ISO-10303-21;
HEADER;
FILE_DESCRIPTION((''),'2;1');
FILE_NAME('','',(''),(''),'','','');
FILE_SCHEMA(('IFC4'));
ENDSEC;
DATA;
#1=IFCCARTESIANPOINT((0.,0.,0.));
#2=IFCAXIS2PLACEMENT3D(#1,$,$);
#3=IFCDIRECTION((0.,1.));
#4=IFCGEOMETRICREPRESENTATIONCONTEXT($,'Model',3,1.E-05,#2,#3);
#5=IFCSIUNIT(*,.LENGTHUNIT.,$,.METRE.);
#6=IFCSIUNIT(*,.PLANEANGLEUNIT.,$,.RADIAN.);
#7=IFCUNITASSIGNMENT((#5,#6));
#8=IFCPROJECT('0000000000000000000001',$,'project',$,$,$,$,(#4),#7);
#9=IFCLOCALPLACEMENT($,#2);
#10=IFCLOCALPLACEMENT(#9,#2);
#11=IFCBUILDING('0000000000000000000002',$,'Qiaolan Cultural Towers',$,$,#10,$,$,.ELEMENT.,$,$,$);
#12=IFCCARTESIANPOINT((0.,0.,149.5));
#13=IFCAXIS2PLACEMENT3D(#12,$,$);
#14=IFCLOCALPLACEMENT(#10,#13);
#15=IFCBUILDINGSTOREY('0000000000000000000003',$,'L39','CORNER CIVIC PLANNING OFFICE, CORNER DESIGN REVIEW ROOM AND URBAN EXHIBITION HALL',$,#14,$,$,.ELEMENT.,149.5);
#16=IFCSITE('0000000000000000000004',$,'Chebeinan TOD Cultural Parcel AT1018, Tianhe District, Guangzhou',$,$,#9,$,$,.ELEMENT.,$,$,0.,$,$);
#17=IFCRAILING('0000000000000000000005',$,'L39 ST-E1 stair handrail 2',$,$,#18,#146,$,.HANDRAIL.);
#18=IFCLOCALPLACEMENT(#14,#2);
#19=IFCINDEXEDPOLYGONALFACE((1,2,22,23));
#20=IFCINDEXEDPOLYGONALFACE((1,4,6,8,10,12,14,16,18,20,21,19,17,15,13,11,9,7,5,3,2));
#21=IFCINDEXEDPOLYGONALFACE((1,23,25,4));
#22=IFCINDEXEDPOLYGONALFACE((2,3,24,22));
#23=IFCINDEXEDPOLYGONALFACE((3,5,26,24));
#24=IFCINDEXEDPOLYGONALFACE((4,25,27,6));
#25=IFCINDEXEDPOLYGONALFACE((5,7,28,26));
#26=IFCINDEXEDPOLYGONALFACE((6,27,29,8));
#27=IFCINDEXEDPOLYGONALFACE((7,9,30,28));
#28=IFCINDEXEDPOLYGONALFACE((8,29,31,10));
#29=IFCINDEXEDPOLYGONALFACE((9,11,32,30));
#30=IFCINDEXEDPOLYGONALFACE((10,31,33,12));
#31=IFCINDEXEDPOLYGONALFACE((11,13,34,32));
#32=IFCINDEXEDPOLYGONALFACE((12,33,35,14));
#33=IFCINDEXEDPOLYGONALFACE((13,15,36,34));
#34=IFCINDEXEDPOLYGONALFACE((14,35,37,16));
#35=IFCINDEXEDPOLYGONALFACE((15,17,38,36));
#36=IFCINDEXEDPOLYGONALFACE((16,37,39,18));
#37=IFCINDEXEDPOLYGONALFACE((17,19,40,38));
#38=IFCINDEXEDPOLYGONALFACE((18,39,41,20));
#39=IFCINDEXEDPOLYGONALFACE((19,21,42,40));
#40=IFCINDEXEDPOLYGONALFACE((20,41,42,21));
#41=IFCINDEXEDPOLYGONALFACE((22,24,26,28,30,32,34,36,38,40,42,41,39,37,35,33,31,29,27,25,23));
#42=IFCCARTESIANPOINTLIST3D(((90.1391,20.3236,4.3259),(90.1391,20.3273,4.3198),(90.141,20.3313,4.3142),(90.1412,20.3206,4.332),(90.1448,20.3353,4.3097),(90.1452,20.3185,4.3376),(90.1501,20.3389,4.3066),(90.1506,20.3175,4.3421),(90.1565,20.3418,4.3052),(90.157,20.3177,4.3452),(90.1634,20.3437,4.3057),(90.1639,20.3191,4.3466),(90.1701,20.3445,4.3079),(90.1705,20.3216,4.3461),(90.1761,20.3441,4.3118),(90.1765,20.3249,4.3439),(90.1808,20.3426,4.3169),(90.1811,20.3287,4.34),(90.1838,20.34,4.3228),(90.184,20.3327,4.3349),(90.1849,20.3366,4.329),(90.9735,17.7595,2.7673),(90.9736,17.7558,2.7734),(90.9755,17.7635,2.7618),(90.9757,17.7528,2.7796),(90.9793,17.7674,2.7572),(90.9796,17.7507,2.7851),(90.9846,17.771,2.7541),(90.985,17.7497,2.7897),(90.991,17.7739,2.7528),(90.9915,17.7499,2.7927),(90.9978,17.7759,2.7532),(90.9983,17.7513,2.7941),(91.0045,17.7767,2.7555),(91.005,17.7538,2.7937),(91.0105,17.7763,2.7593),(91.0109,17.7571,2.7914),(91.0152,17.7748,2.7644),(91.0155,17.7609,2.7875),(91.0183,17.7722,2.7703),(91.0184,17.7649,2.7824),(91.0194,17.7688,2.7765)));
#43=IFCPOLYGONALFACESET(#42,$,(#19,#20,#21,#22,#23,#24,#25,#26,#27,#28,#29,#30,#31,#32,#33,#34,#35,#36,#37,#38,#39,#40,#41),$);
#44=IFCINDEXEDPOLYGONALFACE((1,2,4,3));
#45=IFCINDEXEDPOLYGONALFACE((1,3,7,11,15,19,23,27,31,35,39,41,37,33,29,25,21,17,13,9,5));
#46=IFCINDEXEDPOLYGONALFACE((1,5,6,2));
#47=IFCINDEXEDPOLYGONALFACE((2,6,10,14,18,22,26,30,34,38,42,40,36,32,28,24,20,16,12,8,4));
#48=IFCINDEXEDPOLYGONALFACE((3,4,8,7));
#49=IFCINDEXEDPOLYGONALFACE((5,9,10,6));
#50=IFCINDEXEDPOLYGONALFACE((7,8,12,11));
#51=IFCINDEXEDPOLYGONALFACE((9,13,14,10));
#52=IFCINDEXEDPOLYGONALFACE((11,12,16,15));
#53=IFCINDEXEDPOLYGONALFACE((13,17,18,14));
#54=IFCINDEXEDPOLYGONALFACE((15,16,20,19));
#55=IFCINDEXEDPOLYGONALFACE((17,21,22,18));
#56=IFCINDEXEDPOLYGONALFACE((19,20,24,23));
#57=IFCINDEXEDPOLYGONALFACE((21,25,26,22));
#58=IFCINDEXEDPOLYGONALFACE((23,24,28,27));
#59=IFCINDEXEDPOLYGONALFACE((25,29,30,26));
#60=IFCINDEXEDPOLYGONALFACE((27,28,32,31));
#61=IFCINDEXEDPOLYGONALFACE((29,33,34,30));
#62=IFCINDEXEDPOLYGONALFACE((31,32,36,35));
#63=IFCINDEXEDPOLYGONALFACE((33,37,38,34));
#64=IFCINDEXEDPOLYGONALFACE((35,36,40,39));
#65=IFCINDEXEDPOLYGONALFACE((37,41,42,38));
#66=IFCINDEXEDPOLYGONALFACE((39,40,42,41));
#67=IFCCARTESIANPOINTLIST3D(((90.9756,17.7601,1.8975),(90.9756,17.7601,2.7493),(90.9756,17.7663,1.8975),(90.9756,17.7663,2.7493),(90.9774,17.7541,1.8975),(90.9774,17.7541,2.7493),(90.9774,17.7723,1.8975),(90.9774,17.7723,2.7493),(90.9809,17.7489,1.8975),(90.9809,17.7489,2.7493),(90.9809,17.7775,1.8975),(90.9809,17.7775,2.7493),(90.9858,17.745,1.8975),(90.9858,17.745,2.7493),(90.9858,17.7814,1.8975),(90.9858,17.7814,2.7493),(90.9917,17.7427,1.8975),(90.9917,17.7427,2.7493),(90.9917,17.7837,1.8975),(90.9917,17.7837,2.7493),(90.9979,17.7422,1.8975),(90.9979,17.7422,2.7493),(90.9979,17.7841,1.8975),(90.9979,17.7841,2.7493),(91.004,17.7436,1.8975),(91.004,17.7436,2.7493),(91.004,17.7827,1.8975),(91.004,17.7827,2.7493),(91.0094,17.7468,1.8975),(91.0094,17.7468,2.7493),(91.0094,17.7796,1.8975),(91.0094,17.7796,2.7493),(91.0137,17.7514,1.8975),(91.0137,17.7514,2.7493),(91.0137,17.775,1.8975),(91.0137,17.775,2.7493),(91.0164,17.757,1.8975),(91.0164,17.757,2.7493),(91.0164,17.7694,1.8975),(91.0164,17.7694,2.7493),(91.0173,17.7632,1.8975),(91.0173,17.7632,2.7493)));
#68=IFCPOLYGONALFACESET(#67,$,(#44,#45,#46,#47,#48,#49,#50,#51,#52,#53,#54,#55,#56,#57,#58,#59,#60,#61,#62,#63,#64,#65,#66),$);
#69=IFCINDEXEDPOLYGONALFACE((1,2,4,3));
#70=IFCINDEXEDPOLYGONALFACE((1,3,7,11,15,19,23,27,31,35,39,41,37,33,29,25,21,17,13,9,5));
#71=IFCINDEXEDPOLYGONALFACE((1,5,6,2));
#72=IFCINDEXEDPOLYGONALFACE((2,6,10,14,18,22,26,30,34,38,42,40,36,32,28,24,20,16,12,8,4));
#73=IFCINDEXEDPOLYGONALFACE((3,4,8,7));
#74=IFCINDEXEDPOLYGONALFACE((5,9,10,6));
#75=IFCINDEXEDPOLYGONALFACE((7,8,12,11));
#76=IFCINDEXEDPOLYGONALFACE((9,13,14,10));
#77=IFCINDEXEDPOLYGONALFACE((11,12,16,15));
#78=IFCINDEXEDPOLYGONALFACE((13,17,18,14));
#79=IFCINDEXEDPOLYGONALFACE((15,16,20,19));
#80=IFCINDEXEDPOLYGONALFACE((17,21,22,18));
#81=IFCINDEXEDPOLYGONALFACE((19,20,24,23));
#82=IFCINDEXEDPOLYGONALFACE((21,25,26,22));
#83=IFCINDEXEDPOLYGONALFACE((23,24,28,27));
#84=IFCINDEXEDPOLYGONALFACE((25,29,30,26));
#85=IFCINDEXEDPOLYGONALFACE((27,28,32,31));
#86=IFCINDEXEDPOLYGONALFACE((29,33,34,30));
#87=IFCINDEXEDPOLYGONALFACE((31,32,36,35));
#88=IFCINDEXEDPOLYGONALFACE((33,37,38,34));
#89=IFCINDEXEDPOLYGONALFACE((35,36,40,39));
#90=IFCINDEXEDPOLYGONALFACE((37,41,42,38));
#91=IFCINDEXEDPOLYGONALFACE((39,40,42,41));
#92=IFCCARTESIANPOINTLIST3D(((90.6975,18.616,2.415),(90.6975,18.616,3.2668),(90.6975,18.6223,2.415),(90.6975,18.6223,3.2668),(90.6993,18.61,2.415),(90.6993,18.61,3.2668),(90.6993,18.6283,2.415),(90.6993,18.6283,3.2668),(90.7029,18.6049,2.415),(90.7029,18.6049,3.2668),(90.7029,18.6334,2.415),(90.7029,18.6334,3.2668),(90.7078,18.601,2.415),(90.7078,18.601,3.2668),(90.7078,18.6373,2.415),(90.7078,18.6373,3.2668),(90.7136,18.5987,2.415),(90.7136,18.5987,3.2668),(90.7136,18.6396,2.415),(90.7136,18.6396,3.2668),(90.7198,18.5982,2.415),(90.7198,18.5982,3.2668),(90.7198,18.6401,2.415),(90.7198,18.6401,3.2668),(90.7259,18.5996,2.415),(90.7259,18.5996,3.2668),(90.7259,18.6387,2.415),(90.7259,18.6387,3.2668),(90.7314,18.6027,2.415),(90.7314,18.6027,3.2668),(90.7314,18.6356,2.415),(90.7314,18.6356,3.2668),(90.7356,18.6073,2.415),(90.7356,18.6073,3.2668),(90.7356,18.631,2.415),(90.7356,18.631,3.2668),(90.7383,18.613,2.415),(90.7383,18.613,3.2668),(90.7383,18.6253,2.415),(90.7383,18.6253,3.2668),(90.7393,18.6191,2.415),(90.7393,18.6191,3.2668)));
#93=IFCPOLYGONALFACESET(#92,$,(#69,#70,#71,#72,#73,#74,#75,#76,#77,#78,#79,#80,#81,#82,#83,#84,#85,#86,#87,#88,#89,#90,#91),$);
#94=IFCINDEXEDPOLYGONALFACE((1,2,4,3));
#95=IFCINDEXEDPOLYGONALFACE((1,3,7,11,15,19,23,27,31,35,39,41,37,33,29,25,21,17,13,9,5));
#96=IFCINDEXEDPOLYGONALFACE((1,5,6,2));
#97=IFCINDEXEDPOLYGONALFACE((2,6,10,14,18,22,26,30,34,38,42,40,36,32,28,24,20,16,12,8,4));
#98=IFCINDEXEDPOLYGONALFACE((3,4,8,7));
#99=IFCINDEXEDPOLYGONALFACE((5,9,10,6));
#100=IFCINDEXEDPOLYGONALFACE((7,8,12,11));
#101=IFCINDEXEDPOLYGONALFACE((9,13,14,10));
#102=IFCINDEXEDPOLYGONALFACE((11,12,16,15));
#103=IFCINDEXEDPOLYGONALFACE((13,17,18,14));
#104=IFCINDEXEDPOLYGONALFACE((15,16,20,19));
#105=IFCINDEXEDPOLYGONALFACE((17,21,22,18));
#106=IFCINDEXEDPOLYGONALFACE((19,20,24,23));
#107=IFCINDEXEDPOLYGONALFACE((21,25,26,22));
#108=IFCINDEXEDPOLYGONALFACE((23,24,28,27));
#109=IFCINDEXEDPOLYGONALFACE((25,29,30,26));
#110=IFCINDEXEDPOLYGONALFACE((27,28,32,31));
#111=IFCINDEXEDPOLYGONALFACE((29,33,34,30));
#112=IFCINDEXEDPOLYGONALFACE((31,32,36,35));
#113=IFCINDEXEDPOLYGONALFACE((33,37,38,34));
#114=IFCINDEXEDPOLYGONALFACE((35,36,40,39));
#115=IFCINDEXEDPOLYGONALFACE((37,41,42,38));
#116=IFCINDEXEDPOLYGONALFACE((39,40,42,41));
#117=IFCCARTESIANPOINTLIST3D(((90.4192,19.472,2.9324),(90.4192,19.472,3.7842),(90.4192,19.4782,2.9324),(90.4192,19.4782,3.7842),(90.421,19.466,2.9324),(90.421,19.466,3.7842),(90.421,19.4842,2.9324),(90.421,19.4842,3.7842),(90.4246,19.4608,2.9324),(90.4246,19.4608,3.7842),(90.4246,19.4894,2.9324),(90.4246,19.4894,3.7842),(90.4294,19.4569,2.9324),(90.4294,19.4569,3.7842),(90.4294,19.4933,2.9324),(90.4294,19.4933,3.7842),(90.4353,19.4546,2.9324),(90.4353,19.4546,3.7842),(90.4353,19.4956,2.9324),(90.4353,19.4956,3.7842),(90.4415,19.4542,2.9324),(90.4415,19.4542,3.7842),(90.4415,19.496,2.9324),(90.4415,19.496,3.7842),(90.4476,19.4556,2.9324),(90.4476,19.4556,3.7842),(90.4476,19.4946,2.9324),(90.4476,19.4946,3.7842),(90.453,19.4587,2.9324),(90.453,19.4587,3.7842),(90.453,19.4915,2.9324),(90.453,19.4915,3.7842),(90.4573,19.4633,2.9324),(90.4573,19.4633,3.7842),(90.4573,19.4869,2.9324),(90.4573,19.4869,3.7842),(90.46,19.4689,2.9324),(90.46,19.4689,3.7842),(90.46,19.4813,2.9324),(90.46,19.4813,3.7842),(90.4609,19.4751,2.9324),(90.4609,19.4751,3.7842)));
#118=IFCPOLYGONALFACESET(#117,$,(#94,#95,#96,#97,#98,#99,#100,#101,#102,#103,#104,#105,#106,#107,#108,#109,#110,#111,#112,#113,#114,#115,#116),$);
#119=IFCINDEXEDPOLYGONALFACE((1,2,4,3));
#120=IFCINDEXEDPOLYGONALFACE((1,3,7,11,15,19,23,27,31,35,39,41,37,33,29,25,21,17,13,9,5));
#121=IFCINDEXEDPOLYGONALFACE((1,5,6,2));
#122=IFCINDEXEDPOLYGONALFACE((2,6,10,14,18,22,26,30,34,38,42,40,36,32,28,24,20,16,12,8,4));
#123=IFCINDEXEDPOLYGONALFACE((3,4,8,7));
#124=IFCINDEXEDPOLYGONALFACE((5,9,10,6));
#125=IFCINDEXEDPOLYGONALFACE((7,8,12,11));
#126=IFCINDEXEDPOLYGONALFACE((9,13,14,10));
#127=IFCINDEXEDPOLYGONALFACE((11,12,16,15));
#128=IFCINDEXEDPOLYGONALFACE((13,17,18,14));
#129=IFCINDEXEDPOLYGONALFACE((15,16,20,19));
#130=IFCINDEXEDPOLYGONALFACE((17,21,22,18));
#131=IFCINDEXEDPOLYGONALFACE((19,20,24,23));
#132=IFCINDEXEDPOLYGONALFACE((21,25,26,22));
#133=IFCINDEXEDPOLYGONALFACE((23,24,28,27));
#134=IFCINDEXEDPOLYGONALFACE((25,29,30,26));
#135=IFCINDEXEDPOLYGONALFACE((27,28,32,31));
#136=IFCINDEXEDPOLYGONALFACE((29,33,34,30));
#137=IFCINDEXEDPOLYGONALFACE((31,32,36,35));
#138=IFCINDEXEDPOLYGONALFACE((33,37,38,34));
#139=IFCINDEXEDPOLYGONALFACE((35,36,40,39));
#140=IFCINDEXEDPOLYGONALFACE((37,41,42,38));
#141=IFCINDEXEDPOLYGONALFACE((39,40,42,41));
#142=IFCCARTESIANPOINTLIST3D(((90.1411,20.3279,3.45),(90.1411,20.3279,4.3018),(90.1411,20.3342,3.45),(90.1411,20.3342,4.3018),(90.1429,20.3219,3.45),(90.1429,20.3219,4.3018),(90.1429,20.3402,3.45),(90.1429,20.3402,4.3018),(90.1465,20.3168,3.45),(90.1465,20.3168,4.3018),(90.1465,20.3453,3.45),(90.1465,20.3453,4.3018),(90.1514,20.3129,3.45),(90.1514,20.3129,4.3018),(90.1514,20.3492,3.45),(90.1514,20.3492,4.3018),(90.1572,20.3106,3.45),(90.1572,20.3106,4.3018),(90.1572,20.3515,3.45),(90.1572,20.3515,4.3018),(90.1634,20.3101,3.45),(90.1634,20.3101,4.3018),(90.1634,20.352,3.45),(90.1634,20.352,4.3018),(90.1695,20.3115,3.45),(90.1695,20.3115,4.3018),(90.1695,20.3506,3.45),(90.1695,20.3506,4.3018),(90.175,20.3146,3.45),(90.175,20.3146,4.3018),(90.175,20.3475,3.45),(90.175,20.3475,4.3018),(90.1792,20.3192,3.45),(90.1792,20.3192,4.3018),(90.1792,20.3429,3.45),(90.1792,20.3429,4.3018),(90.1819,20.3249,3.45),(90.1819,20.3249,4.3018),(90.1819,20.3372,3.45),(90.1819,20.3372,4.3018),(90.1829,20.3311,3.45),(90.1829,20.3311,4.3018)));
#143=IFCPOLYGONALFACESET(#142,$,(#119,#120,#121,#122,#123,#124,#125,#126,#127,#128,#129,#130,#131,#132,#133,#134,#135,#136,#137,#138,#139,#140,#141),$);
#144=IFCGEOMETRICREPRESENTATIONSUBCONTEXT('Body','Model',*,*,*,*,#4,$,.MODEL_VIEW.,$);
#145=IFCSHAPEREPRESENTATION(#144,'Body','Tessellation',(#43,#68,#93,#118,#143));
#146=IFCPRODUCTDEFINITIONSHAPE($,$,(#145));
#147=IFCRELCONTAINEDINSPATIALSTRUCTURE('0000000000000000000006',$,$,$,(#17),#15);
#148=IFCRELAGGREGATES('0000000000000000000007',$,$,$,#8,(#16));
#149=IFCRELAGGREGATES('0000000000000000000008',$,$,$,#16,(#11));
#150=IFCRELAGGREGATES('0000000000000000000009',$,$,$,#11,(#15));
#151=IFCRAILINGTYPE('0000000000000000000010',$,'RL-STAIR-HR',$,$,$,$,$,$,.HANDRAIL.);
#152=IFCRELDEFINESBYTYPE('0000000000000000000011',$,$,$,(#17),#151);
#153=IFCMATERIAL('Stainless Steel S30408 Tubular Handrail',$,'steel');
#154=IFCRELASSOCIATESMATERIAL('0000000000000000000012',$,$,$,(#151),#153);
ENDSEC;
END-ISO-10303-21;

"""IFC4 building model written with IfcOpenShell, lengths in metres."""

from ifc_helpers import new_model, si_unit, direction, frame, origin, origin_2d, place, context, subcontext, project, spatial, circle, extrude, material, type_object, element, save


model = new_model("IFC4")

# Units and contexts
model_context = context("Model", 3, precision=1e-05, world=origin(), true_north=direction((0.0, 1.0)))
body_context = subcontext(model_context, "Body", "Model", "MODEL_VIEW")
ifc_project = project(units=[si_unit("LENGTHUNIT", "METRE"), si_unit("PLANEANGLEUNIT", "RADIAN")], contexts=[model_context])

# Site, building, storey
site_placement = place(None, origin())
site = spatial("IfcSite", under=ifc_project, at=site_placement, Name="Chebeinan TOD Cultural Parcel AT1018, Tianhe District, Guangzhou", CompositionType="ELEMENT", RefElevation=0.0)
building_placement = place(site_placement, origin())
building = spatial("IfcBuilding", under=site, at=building_placement, Name="Qiaolan Cultural Towers", CompositionType="ELEMENT")
storey_placement = place(building_placement, frame((0.0, 0.0, 149.5)))
storey = spatial("IfcBuildingStorey", under=building, at=storey_placement, Name="L39", Description="CORNER CIVIC PLANNING OFFICE, CORNER DESIGN REVIEW ROOM AND URBAN EXHIBITION HALL", CompositionType="ELEMENT", Elevation=149.5)

# Railing
ifc_material_1 = material(Name="Stainless Steel S30408 Tubular Handrail", Category="steel")
railing_type_1 = type_object("IfcRailingType", Name="RL-STAIR-HR", PredefinedType="HANDRAIL", material=ifc_material_1)
railing_1_placement = place(storey_placement, frame((90.9963, 17.7632, 1.8975)))
element("IfcRailing", 1, at=railing_1_placement, inside=storey, type_object=railing_type_1, Name="L39 ST-E1 stair handrail 2", PredefinedType="HANDRAIL", context=body_context, shape_type="SweptSolid", body=[
    extrude(circle(Radius=0.0239, at=origin_2d()), frame((0.0, 0.0, 0.876), z_axis=(-0.267926, 0.824471, 0.498461), x_axis=(-0.951043, -0.309057, 0.0)), (0.0, 0.0, 1.0), 3.1145),
    extrude(circle(Radius=0.021, at=origin_2d()), origin(), (0.0, 0.0, 1.0), 0.8518),
    extrude(circle(Radius=0.021, at=origin_2d()), frame((-0.2781, 0.856, 0.5176)), (0.0, 0.0, 1.0), 0.8518),
    extrude(circle(Radius=0.021, at=origin_2d()), frame((-0.5564, 1.7119, 1.0349)), (0.0, 0.0, 1.0), 0.8518),
    extrude(circle(Radius=0.021, at=origin_2d()), frame((-0.8345, 2.5679, 1.5525)), (0.0, 0.0, 1.0), 0.8518),
])

save(model, "model.ifc")
